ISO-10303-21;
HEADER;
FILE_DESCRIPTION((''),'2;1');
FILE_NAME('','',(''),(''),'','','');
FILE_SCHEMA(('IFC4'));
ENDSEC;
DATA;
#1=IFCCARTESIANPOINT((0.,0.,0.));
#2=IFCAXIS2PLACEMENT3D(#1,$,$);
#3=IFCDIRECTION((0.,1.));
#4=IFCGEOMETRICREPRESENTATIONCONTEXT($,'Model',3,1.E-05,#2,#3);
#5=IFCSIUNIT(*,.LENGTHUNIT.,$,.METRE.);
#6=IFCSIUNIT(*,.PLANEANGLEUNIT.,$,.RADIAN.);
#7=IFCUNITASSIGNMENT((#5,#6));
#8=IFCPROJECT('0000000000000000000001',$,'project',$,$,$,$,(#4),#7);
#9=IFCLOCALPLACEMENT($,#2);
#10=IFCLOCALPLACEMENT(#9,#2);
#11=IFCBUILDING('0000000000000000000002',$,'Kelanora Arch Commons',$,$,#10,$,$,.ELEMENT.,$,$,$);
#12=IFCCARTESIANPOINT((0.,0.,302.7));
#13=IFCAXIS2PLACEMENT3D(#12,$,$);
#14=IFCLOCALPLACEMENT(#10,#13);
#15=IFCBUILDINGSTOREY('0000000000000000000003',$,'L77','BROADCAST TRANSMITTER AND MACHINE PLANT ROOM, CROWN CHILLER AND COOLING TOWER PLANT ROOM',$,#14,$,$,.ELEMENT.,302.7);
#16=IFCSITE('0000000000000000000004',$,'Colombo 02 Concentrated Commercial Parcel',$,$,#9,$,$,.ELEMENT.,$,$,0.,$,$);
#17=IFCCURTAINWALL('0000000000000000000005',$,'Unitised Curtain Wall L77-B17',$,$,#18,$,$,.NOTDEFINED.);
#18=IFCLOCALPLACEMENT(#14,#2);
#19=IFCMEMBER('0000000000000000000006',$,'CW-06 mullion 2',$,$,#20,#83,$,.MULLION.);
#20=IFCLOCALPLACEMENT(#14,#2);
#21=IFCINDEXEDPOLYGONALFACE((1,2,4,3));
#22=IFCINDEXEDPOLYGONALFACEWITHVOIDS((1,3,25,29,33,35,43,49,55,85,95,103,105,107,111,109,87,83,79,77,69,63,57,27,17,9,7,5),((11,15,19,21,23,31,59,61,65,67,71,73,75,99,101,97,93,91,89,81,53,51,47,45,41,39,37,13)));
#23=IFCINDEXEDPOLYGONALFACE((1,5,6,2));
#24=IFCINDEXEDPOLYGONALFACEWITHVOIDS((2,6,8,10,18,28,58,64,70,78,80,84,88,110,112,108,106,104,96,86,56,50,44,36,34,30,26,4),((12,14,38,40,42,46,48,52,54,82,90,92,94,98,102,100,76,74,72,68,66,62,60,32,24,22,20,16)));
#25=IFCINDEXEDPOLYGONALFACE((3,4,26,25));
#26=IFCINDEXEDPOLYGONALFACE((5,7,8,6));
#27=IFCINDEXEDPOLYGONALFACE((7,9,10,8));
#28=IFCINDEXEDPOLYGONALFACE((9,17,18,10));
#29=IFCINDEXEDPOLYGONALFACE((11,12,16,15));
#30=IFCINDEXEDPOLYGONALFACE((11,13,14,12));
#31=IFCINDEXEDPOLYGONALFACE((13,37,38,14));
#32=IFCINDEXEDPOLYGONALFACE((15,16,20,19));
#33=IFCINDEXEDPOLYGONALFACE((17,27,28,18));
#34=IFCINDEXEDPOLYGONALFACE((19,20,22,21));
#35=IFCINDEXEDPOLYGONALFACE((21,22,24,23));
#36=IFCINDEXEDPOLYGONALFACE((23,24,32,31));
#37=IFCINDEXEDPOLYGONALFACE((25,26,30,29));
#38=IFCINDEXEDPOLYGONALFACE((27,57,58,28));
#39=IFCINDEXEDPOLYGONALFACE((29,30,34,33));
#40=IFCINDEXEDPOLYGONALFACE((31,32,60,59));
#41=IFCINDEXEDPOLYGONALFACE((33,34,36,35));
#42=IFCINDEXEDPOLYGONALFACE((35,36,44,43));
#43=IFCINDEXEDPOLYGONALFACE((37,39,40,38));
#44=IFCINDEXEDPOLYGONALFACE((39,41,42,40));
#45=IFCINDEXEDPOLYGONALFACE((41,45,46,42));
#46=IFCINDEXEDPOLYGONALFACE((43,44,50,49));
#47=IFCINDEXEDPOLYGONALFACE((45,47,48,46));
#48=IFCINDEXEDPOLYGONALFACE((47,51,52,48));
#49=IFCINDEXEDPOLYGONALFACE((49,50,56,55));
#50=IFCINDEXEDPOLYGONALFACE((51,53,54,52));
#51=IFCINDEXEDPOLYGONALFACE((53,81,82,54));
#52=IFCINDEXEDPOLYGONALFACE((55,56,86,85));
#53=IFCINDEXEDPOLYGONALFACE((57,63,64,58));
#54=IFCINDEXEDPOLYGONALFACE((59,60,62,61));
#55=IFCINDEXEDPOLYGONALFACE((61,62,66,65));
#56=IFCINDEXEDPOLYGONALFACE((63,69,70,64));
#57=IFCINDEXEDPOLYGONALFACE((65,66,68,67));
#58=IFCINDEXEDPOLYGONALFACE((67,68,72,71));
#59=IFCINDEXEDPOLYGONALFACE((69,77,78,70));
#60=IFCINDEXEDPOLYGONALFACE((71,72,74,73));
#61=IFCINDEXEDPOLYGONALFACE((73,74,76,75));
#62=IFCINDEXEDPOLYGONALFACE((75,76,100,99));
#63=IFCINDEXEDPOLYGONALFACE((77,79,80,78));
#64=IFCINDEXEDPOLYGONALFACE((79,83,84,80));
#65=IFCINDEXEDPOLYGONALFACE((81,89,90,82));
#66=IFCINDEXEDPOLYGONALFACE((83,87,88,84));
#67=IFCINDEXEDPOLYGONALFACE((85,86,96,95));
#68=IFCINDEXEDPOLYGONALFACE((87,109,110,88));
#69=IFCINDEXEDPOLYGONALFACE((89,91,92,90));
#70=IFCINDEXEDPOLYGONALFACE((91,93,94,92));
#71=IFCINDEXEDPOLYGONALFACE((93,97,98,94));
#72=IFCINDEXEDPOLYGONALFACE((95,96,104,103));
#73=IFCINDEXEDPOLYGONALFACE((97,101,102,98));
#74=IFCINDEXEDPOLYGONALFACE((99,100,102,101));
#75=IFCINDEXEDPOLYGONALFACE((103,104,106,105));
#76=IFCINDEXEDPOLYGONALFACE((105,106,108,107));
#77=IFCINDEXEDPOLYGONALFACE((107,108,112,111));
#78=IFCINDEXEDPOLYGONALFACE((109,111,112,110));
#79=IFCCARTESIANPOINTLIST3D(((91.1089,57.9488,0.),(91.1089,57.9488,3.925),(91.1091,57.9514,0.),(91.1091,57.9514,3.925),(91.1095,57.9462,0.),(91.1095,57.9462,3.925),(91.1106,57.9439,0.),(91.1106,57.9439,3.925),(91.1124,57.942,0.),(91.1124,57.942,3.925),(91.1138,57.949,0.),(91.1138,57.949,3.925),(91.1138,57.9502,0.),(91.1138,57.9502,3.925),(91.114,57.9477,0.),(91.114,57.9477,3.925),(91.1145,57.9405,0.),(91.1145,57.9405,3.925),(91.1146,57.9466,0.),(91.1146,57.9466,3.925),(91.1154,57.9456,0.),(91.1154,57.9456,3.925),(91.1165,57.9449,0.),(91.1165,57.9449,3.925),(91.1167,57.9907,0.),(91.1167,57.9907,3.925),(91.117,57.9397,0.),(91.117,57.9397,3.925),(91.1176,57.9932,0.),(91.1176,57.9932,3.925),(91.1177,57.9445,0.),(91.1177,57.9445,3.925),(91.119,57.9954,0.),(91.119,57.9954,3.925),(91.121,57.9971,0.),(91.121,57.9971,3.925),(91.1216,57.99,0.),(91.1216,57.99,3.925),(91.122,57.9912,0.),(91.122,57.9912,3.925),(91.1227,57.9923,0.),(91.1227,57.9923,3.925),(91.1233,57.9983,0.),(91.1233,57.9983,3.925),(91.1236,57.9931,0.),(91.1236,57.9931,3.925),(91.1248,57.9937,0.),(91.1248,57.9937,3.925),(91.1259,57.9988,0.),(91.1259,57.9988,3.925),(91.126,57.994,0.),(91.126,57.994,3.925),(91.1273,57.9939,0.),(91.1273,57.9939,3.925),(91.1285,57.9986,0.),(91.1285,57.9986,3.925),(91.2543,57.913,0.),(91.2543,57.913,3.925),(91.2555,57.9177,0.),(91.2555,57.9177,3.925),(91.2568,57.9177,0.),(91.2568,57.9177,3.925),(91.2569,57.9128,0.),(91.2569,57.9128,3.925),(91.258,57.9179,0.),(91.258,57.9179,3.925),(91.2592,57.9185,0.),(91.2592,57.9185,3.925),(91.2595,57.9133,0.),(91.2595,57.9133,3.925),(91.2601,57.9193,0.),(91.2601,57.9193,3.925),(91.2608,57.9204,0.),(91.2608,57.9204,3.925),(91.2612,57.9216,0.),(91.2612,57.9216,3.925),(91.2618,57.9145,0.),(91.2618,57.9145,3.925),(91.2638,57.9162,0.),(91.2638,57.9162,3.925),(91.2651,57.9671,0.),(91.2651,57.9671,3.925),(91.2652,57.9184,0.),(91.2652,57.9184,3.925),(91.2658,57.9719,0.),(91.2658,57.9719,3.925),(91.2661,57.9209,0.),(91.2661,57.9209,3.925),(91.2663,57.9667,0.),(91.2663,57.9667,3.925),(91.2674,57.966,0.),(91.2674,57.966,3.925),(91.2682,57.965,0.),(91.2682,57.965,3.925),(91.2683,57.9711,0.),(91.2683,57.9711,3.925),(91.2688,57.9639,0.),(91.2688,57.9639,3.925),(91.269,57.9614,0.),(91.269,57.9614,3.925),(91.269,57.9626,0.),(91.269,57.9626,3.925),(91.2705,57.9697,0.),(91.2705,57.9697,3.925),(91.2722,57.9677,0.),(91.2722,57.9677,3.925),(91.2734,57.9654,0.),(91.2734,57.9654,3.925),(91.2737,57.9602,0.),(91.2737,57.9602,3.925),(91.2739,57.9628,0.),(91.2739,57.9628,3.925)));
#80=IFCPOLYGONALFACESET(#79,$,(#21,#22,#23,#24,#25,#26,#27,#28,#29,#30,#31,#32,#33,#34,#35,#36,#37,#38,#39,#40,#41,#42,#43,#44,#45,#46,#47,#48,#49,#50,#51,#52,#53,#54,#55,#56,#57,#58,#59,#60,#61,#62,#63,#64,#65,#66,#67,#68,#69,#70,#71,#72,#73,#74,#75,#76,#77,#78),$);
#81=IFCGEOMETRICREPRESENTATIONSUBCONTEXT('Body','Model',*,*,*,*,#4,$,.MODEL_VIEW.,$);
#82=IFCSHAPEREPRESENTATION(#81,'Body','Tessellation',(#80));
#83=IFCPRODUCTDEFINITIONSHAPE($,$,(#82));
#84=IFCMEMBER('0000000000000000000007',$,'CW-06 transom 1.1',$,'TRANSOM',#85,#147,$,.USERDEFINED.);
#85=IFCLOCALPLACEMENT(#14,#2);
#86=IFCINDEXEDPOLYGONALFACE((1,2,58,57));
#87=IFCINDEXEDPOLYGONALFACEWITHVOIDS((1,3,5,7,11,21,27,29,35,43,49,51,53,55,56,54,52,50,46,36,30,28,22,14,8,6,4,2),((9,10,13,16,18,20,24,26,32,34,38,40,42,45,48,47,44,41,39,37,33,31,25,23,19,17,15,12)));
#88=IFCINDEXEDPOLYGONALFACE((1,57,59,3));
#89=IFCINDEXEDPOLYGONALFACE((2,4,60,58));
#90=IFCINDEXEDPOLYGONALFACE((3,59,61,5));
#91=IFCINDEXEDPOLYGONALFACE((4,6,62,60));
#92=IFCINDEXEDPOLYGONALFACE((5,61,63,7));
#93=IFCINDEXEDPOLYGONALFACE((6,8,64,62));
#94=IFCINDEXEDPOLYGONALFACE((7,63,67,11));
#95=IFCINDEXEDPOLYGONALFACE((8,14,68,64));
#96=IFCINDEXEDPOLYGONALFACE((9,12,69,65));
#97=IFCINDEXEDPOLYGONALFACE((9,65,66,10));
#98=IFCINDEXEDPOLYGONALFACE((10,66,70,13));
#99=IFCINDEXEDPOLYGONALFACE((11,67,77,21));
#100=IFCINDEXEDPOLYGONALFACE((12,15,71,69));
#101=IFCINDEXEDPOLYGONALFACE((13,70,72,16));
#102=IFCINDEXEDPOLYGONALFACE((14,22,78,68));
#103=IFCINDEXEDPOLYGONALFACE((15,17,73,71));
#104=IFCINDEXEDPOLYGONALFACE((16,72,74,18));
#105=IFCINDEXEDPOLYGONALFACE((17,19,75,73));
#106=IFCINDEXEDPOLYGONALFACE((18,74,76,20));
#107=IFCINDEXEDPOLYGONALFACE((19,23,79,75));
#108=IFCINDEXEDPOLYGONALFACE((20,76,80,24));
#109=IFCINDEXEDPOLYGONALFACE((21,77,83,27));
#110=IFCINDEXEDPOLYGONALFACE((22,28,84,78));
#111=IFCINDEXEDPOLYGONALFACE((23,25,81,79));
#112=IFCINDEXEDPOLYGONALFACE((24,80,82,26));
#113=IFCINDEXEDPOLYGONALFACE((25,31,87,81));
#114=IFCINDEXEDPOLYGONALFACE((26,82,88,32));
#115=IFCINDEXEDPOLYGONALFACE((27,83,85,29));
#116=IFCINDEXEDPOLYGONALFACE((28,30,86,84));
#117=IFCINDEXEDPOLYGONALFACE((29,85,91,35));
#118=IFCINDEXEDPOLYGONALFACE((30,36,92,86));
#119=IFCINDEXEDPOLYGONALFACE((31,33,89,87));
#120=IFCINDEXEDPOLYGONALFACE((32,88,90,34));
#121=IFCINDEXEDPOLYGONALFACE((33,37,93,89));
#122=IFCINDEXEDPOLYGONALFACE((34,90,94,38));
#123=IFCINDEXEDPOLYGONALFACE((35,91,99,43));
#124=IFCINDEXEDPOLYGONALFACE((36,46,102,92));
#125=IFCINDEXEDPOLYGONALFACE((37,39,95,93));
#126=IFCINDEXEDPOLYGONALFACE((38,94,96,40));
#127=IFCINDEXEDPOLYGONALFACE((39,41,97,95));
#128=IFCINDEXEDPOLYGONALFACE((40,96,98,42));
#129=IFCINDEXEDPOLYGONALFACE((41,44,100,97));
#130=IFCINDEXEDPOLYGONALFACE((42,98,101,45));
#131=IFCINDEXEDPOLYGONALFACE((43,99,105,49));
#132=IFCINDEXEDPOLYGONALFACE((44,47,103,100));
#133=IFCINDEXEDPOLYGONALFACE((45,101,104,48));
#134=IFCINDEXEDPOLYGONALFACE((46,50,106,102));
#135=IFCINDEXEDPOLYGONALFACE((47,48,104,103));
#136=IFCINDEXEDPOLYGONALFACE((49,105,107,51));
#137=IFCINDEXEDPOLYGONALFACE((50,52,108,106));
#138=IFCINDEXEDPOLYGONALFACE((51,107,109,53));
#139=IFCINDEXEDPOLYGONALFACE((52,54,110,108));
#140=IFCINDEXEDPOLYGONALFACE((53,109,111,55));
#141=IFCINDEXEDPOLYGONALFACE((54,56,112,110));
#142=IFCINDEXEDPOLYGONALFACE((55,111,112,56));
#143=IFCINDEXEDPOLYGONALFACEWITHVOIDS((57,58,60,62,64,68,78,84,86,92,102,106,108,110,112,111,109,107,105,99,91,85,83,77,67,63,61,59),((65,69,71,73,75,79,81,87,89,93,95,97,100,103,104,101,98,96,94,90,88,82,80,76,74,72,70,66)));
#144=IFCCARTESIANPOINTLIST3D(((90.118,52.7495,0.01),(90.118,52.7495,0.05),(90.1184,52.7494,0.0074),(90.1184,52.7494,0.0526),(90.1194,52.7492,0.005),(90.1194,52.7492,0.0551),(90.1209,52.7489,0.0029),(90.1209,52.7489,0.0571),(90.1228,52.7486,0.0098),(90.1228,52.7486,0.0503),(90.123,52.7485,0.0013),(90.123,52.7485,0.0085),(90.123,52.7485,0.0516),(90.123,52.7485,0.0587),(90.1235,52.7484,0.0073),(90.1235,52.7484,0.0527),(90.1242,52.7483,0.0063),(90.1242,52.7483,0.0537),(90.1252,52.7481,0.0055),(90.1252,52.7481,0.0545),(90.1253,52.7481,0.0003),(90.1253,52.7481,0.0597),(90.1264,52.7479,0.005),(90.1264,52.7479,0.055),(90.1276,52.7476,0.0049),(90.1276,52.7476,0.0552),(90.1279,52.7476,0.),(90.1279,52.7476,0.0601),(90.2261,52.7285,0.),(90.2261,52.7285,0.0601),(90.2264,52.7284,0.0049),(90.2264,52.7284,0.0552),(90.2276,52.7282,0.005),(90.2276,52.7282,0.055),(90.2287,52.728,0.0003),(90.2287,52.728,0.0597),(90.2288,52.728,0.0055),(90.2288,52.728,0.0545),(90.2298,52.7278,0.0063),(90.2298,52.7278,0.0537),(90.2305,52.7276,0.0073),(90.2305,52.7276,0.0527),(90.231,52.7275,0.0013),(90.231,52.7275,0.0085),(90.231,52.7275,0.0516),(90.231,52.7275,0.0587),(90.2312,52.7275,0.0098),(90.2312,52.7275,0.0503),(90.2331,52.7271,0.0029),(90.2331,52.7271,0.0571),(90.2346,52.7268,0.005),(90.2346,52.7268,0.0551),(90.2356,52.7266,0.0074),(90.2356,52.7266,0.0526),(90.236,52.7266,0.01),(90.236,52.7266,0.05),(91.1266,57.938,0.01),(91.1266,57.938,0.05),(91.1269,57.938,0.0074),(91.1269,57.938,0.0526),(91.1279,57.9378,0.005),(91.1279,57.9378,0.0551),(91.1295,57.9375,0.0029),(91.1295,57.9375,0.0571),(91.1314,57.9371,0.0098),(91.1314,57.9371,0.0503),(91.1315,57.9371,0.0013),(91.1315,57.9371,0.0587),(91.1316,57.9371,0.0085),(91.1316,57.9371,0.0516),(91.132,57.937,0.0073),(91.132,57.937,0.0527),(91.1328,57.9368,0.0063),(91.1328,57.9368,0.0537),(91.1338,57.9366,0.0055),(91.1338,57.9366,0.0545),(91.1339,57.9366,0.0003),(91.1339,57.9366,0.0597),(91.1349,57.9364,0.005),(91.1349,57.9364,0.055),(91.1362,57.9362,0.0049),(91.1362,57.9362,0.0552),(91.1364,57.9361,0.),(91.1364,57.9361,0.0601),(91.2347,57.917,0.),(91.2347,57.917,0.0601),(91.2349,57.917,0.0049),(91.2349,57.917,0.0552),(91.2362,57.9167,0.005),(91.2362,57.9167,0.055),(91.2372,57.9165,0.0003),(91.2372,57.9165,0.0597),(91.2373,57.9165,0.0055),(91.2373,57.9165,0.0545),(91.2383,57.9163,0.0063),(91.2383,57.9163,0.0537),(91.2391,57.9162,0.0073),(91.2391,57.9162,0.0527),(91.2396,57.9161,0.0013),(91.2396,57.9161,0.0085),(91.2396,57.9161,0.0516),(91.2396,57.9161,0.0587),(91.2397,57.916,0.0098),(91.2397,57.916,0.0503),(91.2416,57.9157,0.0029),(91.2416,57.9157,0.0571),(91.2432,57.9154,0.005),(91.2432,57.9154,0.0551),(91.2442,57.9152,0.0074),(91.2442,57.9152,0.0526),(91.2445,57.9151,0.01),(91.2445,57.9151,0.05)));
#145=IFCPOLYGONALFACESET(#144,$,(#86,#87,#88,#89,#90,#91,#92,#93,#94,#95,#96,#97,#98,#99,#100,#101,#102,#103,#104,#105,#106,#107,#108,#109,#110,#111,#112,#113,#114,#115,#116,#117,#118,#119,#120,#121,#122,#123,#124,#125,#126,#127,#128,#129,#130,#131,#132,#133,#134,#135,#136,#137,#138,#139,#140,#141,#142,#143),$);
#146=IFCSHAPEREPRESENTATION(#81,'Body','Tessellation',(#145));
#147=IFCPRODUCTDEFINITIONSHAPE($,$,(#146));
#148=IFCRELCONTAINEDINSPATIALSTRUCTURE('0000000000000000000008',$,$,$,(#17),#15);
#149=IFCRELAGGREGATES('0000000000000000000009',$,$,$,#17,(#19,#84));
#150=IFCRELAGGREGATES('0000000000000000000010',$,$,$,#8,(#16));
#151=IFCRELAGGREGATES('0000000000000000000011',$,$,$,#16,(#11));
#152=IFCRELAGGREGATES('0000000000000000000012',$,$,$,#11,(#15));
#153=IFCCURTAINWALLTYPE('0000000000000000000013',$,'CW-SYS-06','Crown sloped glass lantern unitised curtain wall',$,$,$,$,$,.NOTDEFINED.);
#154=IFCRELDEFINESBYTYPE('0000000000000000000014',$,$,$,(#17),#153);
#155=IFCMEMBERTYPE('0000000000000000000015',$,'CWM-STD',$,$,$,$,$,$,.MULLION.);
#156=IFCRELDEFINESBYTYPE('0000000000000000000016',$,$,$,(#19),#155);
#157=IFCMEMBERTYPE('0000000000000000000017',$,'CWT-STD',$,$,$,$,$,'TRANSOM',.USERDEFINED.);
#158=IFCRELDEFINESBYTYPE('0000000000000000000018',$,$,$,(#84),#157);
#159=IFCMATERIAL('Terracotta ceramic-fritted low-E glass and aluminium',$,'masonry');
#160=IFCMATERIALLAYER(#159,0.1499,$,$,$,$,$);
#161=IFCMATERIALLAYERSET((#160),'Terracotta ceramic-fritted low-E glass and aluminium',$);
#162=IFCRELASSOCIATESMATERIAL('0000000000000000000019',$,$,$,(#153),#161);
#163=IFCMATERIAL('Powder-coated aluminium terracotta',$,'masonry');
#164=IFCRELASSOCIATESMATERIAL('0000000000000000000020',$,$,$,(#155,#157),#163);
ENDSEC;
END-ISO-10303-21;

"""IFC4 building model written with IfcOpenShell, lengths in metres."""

from ifc_helpers import new_model, si_unit, direction, frame, origin, origin_2d, place, context, subcontext, project, spatial, hollow_rectangle, extrude, material, layer, layer_set, material_profile, profile_set, type_object, element, aggregate, save


model = new_model("IFC4")

# Units and contexts
model_context = context("Model", 3, precision=1e-05, world=origin(), true_north=direction((0.0, 1.0)))
body_context = subcontext(model_context, "Body", "Model", "MODEL_VIEW")
ifc_project = project(units=[si_unit("LENGTHUNIT", "METRE"), si_unit("PLANEANGLEUNIT", "RADIAN")], contexts=[model_context])

# Site, building, storey
site_placement = place(None, origin())
site = spatial("IfcSite", under=ifc_project, at=site_placement, Name="Colombo 02 Concentrated Commercial Parcel", CompositionType="ELEMENT", RefElevation=0.0)
building_placement = place(site_placement, origin())
building = spatial("IfcBuilding", under=site, at=building_placement, Name="Kelanora Arch Commons", CompositionType="ELEMENT")
storey_placement = place(building_placement, frame((0.0, 0.0, 302.7)))
storey = spatial("IfcBuildingStorey", under=building, at=storey_placement, Name="L77", Description="BROADCAST TRANSMITTER AND MACHINE PLANT ROOM, CROWN CHILLER AND COOLING TOWER PLANT ROOM", CompositionType="ELEMENT", Elevation=302.7)

# Shared definitions
ifc_material_1 = material(Name="Terracotta ceramic-fritted low-E glass and aluminium", Category="masonry")
ifc_layer_1 = layer(ifc_material_1, 0.1499)
ifc_layer_set_1 = layer_set([ifc_layer_1], Name="Terracotta ceramic-fritted low-E glass and aluminium")
curtain_wall_type = type_object("IfcCurtainWallType", Name="CW-SYS-06", Description="Crown sloped glass lantern unitised curtain wall", PredefinedType="NOTDEFINED", material=ifc_layer_set_1)
ifc_material_2 = material(Name="Powder-coated aluminium terracotta", Category="masonry")
ifc_material_profile_1 = material_profile(ifc_material_2, hollow_rectangle(XDim=0.1599, YDim=0.0601, WallThickness=0.0049, InnerFilletRadius=0.0049, OuterFilletRadius=0.01, at=origin_2d()), Name="CWM160x60")
ifc_profile_set_1 = profile_set([ifc_material_profile_1], Name="Powder-coated aluminium terracotta")
member_type_1 = type_object("IfcMemberType", Name="CWM-STD", PredefinedType="MULLION", material=ifc_profile_set_1)

# Curtain wall, members
curtain_wall_1_placement = place(storey_placement, origin())
curtain_wall_1 = element("IfcCurtainWall", 1, at=curtain_wall_1_placement, inside=storey, type_object=curtain_wall_type, Name="Unitised Curtain Wall L77-B17", PredefinedType="NOTDEFINED")
member_1_placement = place(storey_placement, frame((91.1914, 57.9558, 0.0), z_axis=(0.0, 0.0, 1.0), x_axis=(-0.981624, 0.190827, 0.0)))
member_1 = element("IfcMember", 2, at=member_1_placement, type_object=member_type_1, Name="CW-06 mullion 2", PredefinedType="MULLION", context=body_context, shape_type="SweptSolid", body=[
    extrude(hollow_rectangle(XDim=0.1599, YDim=0.0601, WallThickness=0.0049, InnerFilletRadius=0.0049, OuterFilletRadius=0.01, at=origin_2d()), origin(), (0.0, 0.0, 1.0), 3.925),
])
ifc_material_profile_2 = material_profile(ifc_material_2, hollow_rectangle(XDim=0.1201, YDim=0.0601, WallThickness=0.0049, InnerFilletRadius=0.0049, OuterFilletRadius=0.01, at=origin_2d()), Name="CWT120x60")
ifc_profile_set_2 = profile_set([ifc_material_profile_2], Name="Powder-coated aluminium terracotta")
member_type_2 = type_object("IfcMemberType", Name="CWT-STD", ElementType="TRANSOM", PredefinedType="USERDEFINED", material=ifc_profile_set_2)
member_2_placement = place(storey_placement, frame((90.177, 52.738, 0.03), z_axis=(0.19081, 0.981627, 0.0), x_axis=(-0.981627, 0.19081, 0.0)))
member_2 = element("IfcMember", 3, at=member_2_placement, type_object=member_type_2, Name="CW-06 transom 1.1", ObjectType="TRANSOM", PredefinedType="USERDEFINED", context=body_context, shape_type="SweptSolid", body=[
    extrude(hollow_rectangle(XDim=0.1201, YDim=0.0601, WallThickness=0.0049, InnerFilletRadius=0.0049, OuterFilletRadius=0.01, at=origin_2d()), origin(), (0.0, 0.0, 1.0), 5.2856),
])
aggregate(curtain_wall_1, [member_1, member_2])

save(model, "model.ifc")
